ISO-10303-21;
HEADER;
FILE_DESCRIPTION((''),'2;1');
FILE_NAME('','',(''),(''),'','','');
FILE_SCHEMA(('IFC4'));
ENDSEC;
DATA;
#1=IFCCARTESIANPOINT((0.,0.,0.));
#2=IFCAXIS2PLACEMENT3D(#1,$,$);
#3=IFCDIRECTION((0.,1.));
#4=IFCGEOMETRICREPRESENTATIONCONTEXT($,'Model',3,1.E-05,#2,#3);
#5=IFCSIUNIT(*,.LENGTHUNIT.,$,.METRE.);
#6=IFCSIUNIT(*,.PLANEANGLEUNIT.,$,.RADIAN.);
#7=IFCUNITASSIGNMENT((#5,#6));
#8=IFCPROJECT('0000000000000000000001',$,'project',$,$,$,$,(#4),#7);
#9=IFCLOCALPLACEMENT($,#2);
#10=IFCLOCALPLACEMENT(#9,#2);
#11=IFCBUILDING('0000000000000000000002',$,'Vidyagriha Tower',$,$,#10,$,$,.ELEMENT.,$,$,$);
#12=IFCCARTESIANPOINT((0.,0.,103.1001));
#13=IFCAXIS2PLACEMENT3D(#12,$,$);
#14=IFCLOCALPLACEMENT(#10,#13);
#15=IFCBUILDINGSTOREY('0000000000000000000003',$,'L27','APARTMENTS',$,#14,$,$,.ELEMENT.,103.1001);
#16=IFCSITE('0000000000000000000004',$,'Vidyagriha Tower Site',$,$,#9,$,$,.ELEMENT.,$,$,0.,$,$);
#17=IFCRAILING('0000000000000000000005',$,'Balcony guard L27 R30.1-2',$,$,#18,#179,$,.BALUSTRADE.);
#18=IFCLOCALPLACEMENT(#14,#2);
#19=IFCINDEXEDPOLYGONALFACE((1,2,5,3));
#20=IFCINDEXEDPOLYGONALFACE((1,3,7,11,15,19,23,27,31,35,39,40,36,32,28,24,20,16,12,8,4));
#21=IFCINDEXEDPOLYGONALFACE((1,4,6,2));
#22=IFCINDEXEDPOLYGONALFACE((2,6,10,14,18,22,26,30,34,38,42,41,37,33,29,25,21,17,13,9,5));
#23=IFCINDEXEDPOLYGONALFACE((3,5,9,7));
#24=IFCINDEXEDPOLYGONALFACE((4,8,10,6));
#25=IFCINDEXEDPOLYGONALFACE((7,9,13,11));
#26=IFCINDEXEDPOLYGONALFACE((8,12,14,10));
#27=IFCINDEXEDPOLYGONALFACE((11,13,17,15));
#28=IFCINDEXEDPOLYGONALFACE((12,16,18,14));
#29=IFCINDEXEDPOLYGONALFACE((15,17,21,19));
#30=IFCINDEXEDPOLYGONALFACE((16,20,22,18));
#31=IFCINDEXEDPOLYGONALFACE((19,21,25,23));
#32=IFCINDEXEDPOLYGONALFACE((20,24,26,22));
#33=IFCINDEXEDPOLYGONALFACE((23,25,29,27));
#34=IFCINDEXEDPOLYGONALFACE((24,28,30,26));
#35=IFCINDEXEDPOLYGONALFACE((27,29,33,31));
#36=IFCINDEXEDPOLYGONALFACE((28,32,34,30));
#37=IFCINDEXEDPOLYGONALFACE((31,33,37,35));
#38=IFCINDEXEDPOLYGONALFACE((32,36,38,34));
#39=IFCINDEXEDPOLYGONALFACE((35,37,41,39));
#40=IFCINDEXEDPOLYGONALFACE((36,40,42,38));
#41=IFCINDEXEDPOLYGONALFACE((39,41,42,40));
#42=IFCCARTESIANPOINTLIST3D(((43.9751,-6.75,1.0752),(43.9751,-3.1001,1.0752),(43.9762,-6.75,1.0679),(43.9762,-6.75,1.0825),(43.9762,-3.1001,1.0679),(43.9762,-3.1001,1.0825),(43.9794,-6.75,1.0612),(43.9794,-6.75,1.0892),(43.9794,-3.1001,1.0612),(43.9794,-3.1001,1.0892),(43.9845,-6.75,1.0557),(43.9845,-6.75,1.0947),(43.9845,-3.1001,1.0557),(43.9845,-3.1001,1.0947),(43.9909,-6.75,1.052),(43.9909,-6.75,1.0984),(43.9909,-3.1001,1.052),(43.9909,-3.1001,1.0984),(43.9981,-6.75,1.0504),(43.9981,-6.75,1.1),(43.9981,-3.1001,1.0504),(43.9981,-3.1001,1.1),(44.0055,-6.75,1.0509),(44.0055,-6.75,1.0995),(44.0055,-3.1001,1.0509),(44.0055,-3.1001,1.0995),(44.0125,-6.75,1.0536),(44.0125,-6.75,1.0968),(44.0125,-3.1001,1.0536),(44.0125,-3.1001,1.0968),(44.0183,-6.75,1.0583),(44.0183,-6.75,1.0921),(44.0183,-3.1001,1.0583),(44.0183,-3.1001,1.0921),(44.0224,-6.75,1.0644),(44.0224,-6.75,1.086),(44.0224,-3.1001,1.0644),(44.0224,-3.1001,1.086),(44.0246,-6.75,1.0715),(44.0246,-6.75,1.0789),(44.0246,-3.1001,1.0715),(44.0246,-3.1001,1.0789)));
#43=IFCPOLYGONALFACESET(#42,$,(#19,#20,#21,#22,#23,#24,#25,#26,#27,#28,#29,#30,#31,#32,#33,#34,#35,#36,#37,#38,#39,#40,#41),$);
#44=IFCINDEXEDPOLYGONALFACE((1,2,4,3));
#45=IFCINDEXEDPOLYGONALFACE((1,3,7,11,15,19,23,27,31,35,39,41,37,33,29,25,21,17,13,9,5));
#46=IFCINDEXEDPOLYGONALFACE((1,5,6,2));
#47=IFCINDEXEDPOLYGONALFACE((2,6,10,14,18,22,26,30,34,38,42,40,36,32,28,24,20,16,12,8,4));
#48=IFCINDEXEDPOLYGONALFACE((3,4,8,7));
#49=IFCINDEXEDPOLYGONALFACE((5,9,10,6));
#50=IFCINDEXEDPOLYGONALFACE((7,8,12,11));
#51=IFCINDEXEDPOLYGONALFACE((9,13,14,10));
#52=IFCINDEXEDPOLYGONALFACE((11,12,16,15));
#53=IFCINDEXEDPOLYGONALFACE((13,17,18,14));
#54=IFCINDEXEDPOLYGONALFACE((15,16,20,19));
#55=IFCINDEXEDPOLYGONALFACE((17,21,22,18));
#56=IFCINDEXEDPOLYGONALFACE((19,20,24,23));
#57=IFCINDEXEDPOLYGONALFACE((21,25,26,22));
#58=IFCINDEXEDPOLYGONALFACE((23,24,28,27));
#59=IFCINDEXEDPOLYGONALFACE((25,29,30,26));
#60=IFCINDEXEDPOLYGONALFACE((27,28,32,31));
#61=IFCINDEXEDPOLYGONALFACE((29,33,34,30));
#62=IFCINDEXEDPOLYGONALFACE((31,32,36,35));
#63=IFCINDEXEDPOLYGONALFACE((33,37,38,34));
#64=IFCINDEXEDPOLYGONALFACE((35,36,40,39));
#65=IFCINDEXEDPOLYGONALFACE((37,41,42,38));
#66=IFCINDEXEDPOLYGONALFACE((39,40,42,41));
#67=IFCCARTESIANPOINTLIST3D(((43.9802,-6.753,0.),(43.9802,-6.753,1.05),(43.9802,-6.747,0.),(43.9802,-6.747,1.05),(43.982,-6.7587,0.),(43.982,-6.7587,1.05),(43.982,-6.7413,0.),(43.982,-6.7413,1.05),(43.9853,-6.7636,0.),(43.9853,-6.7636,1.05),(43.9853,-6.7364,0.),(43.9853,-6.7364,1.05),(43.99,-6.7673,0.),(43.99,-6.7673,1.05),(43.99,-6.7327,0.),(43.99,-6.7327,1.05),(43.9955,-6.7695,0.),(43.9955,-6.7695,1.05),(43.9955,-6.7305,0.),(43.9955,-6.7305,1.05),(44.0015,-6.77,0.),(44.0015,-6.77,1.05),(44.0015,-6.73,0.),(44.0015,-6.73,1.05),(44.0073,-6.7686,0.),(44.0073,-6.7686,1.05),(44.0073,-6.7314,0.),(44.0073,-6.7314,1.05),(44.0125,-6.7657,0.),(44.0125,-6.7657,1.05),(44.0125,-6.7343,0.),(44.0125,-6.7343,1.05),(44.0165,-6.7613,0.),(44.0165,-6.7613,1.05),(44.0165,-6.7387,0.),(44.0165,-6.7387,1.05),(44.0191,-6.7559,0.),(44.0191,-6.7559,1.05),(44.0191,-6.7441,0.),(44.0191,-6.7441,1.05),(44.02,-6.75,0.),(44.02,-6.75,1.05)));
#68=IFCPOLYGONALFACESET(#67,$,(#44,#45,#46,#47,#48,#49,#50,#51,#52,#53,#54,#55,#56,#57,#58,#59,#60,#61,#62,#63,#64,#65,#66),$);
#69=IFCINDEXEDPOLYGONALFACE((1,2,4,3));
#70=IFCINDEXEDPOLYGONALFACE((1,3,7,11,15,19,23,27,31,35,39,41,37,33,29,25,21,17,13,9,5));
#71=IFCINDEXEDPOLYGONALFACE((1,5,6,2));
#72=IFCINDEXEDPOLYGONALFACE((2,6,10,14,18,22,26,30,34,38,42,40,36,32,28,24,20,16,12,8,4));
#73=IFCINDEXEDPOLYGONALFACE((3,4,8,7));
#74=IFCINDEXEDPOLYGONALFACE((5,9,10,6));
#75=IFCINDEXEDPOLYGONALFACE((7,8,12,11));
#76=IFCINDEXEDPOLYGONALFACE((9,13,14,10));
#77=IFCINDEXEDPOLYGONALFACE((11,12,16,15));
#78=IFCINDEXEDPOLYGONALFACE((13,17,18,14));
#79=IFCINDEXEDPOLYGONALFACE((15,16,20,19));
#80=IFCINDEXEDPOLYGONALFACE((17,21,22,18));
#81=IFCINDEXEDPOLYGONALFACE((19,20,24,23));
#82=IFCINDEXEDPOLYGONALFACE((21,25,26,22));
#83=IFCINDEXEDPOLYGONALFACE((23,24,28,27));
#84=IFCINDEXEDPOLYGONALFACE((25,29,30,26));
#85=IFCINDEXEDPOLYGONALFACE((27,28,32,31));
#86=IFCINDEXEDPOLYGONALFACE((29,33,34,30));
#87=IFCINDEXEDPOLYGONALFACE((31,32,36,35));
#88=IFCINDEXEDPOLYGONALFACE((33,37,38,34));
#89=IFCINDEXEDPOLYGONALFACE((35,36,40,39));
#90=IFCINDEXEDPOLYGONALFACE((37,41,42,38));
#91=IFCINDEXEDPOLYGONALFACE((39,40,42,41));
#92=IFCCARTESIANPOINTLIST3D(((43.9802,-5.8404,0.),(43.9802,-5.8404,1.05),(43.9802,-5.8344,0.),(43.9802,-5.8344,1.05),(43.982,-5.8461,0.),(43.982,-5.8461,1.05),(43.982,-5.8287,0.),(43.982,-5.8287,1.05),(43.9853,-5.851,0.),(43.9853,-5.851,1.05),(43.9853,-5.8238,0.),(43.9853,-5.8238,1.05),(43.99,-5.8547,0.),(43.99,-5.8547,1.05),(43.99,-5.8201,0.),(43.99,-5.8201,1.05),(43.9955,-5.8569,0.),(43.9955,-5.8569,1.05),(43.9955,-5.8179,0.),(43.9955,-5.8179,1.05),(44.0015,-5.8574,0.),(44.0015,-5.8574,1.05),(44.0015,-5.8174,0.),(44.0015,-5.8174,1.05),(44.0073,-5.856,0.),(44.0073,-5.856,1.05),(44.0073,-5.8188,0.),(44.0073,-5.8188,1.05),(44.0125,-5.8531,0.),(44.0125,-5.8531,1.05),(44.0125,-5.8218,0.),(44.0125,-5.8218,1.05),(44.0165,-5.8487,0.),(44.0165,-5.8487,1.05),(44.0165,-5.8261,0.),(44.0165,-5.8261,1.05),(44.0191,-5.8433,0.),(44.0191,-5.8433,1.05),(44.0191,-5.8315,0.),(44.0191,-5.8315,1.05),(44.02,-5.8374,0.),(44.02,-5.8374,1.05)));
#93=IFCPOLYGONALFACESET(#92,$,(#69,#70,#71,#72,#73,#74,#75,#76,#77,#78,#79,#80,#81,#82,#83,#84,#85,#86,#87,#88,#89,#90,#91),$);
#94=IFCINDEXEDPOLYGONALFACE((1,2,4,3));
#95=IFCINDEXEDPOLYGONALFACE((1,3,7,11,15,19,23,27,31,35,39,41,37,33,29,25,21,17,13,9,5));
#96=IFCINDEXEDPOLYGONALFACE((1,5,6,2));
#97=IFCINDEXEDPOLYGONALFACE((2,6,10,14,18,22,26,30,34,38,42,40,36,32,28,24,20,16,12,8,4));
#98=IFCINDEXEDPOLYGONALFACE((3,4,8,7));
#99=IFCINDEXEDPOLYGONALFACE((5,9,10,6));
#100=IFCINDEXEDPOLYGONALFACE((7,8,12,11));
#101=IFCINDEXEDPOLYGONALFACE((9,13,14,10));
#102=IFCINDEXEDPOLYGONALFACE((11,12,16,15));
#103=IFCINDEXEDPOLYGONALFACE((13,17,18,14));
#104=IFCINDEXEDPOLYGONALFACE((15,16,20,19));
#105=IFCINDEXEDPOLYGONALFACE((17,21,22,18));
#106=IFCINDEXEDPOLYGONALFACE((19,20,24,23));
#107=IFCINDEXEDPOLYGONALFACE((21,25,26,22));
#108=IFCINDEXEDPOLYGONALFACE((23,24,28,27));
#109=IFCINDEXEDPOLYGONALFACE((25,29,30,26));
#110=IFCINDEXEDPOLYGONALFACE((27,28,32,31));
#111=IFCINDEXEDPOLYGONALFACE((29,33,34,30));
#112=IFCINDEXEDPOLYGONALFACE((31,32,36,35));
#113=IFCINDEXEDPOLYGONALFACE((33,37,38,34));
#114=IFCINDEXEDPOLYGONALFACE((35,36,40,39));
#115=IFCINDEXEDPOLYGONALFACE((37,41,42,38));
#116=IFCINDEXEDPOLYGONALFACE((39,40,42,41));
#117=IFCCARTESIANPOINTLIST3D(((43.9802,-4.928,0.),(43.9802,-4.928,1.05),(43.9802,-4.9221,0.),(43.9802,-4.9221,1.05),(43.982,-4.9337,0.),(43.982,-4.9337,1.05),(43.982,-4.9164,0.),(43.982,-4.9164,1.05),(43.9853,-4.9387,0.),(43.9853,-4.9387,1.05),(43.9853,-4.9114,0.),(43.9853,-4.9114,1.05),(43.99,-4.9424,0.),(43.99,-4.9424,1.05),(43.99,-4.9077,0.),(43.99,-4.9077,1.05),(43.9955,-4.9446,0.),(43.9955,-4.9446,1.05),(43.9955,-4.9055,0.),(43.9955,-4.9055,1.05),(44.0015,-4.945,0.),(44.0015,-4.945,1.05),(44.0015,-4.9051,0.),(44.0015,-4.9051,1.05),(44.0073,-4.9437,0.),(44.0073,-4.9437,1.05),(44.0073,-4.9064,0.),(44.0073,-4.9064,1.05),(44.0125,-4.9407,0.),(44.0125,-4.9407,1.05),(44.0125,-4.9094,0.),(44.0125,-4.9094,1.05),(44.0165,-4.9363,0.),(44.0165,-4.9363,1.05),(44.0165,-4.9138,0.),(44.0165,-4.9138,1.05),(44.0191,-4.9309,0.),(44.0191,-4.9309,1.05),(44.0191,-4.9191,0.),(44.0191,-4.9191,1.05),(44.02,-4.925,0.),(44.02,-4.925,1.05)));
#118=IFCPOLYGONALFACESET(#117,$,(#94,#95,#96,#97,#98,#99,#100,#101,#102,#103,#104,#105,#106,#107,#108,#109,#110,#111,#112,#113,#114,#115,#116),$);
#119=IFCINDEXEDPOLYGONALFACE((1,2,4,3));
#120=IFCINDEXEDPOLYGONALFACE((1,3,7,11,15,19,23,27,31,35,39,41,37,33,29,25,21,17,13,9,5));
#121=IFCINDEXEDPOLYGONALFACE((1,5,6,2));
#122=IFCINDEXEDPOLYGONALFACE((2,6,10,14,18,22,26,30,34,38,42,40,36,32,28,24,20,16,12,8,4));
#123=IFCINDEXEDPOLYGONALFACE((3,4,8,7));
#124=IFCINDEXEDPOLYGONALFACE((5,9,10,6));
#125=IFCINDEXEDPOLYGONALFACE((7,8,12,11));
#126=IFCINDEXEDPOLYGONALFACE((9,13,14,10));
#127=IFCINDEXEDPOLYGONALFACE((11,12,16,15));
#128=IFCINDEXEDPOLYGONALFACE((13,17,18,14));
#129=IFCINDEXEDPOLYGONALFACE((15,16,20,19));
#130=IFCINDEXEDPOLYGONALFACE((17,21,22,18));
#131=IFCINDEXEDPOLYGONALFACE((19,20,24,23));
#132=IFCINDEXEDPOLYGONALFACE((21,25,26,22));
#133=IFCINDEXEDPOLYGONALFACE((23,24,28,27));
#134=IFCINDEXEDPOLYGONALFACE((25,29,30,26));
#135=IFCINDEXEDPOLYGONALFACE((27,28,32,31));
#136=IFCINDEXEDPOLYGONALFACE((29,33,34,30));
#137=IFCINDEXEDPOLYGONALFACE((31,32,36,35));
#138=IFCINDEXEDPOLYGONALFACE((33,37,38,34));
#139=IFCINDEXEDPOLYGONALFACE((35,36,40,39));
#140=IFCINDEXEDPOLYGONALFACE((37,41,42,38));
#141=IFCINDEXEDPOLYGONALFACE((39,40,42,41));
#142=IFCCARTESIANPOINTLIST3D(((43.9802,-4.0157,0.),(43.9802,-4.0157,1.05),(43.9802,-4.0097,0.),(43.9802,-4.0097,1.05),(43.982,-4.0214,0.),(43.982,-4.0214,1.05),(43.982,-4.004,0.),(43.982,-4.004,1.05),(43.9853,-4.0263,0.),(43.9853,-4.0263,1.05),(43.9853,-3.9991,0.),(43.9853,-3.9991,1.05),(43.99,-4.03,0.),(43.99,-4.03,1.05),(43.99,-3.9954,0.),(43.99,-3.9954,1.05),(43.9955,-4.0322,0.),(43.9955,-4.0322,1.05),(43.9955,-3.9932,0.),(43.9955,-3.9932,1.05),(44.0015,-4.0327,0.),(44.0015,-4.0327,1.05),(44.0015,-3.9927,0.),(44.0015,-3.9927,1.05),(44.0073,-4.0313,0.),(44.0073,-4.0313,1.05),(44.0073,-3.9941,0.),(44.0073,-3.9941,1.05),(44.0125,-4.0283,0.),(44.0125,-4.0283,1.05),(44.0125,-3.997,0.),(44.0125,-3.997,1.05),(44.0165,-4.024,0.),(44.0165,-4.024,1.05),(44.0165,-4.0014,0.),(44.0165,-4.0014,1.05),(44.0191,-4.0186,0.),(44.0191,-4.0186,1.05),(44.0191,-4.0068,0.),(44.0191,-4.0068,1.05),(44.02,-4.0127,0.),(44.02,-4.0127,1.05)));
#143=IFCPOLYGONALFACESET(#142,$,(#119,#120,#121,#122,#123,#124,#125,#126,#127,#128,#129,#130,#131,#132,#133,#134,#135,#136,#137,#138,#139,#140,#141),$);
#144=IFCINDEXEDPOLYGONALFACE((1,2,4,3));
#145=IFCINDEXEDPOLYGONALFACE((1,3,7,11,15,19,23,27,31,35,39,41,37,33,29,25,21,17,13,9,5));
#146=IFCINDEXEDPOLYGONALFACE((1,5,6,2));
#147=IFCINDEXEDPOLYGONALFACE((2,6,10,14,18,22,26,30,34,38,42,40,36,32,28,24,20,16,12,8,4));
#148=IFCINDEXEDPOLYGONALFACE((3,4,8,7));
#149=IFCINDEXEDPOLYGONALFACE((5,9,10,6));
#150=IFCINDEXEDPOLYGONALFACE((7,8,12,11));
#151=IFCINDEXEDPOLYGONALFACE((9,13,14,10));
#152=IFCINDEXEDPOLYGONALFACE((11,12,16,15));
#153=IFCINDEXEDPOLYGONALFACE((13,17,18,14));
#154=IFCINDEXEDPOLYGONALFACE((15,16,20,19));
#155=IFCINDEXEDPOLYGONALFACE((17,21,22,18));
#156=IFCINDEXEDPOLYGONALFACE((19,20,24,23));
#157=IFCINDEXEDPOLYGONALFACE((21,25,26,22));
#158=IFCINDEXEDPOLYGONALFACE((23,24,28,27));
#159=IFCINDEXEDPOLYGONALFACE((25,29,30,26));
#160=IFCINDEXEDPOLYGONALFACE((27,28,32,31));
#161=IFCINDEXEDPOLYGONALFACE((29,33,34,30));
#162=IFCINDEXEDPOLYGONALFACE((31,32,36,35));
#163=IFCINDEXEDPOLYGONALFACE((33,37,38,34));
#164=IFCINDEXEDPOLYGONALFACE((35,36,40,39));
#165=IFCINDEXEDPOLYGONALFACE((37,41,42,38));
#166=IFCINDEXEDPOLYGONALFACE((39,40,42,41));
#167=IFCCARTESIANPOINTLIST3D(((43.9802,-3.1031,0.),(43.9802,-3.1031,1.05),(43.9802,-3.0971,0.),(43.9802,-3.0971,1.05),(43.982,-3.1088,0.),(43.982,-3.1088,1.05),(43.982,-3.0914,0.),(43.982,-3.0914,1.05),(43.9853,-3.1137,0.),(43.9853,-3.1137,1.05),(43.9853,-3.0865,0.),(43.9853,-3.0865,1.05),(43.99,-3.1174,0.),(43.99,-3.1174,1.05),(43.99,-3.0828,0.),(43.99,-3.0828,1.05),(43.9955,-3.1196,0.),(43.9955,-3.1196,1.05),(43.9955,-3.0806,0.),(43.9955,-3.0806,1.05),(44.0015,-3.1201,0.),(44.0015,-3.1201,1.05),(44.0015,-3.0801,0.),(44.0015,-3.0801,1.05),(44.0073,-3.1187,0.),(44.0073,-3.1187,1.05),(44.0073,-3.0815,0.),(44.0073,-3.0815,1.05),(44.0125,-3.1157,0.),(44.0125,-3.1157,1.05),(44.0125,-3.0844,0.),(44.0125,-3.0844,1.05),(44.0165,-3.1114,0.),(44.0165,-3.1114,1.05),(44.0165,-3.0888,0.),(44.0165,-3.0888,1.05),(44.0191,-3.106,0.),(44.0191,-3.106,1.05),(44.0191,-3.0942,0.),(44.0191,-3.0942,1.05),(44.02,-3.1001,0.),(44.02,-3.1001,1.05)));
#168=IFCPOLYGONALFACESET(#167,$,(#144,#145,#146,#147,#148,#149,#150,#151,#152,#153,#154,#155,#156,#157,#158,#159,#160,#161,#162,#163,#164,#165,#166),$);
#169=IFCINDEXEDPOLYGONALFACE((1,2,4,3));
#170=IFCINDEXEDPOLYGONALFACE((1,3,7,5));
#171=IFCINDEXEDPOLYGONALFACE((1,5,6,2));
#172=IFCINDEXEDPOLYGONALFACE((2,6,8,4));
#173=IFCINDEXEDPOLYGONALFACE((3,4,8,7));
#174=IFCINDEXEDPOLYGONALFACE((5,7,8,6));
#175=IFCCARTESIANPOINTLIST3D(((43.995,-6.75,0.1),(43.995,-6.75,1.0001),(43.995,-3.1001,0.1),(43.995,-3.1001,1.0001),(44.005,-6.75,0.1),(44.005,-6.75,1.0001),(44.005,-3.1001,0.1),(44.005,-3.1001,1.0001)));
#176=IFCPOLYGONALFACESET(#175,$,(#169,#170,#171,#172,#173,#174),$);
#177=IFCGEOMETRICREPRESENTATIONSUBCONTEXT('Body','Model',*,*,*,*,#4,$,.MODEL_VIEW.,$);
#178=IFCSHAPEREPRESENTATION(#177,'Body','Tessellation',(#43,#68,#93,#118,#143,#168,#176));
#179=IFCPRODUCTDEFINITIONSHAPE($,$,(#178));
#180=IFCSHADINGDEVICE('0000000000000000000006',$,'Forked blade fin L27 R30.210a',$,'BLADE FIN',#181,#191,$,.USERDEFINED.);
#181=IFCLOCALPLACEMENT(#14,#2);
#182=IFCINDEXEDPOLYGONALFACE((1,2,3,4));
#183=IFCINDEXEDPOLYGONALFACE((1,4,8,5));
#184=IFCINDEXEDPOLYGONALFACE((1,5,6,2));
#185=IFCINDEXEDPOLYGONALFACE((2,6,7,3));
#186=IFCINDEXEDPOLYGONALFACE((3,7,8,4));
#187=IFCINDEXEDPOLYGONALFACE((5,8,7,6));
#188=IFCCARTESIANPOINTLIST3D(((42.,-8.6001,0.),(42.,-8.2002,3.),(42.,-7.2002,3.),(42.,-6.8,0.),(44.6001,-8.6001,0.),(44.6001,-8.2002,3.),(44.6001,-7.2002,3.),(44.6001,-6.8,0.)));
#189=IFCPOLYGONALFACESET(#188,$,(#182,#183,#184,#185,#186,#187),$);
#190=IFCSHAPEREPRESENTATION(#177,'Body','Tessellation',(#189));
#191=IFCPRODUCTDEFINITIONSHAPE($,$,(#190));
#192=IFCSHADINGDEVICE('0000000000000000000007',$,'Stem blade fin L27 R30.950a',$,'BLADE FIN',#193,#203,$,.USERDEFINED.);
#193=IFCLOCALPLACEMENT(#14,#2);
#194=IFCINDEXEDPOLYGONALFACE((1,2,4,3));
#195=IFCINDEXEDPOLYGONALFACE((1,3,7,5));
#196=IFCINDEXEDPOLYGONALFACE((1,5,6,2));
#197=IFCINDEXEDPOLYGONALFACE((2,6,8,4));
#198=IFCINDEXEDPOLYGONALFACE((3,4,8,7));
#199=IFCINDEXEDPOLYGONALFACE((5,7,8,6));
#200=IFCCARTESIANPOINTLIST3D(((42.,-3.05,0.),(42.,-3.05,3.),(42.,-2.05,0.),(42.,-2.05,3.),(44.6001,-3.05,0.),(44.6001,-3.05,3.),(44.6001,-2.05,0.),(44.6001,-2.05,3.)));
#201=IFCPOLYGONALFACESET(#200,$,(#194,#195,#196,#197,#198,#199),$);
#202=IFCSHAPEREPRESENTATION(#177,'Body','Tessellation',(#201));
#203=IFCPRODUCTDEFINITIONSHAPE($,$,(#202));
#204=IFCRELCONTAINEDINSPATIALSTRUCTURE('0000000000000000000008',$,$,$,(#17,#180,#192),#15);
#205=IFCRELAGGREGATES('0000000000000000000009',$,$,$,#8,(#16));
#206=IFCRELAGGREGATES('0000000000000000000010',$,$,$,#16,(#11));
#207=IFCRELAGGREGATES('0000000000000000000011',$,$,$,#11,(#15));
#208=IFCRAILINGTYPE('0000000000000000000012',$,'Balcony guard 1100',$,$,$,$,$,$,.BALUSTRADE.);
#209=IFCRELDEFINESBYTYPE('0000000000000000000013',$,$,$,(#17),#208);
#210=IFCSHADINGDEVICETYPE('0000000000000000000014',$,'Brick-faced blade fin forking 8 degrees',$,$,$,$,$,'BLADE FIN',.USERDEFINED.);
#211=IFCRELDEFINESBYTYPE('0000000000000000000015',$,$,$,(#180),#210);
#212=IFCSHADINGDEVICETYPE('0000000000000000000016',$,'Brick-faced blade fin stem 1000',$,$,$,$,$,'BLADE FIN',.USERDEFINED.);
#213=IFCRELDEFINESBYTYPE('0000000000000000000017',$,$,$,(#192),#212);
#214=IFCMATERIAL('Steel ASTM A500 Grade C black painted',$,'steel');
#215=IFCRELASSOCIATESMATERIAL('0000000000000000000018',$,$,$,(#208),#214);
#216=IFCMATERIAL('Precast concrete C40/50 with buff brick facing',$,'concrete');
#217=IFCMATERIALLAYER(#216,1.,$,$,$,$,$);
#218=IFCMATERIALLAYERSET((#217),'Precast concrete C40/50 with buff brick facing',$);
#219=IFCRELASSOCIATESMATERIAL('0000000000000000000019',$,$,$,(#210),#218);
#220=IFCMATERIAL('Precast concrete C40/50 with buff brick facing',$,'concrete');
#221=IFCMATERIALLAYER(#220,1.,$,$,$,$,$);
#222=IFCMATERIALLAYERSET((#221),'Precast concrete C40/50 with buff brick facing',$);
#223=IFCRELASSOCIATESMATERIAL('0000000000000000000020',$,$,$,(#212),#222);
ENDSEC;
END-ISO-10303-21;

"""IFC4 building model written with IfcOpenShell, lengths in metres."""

from ifc_helpers import new_model, si_unit, direction, frame, origin, origin_2d, place, context, subcontext, project, spatial, polyline, rectangle, circle, outline, extrude, material, layer, layer_set, type_object, element, save


model = new_model("IFC4")

# Units and contexts
model_context = context("Model", 3, precision=1e-05, world=origin(), true_north=direction((0.0, 1.0)))
body_context = subcontext(model_context, "Body", "Model", "MODEL_VIEW")
ifc_project = project(units=[si_unit("LENGTHUNIT", "METRE"), si_unit("PLANEANGLEUNIT", "RADIAN")], contexts=[model_context])

# Site, building, storey
site_placement = place(None, origin())
site = spatial("IfcSite", under=ifc_project, at=site_placement, Name="Vidyagriha Tower Site", CompositionType="ELEMENT", RefElevation=0.0)
building_placement = place(site_placement, origin())
building = spatial("IfcBuilding", under=site, at=building_placement, Name="Vidyagriha Tower", CompositionType="ELEMENT")
storey_placement = place(building_placement, frame((0.0, 0.0, 103.1001)))
storey = spatial("IfcBuildingStorey", under=building, at=storey_placement, Name="L27", Description="APARTMENTS", CompositionType="ELEMENT", Elevation=103.1001)

# Railing
ifc_material_1 = material(Name="Steel ASTM A500 Grade C black painted", Category="steel")
railing_type_1 = type_object("IfcRailingType", Name="Balcony guard 1100", PredefinedType="BALUSTRADE", material=ifc_material_1)
railing_1_placement = place(storey_placement, frame((44.0, -6.75, 0.0)))
element("IfcRailing", 1, at=railing_1_placement, inside=storey, type_object=railing_type_1, Name="Balcony guard L27 R30.1-2", PredefinedType="BALUSTRADE", context=body_context, shape_type="SweptSolid", body=[
    extrude(circle(Radius=0.0249, at=origin_2d()), frame((0.0, 0.0, 1.0752), z_axis=(0.0, 1.0, 0.0), x_axis=(-1.0, 0.0, 0.0)), (0.0, 0.0, 1.0), 3.6499),
    extrude(circle(Radius=0.02, at=origin_2d()), origin(), (0.0, 0.0, 1.0), 1.05),
    extrude(circle(Radius=0.02, at=origin_2d()), frame((0.0, 0.9126, 0.0)), (0.0, 0.0, 1.0), 1.05),
    extrude(circle(Radius=0.02, at=origin_2d()), frame((0.0, 1.825, 0.0)), (0.0, 0.0, 1.0), 1.05),
    extrude(circle(Radius=0.02, at=origin_2d()), frame((0.0, 2.7373, 0.0)), (0.0, 0.0, 1.0), 1.05),
    extrude(circle(Radius=0.02, at=origin_2d()), frame((0.0, 3.6499, 0.0)), (0.0, 0.0, 1.0), 1.05),
    extrude(rectangle(XDim=0.01, YDim=0.9001, at=origin_2d()), frame((0.0, 0.0, 0.55), z_axis=(0.0, 1.0, 0.0), x_axis=(-1.0, 0.0, 0.0)), (0.0, 0.0, 1.0), 3.6499),
])

# Shading devices
ifc_material_2 = material(Name="Precast concrete C40/50 with buff brick facing", Category="concrete")
ifc_layer_1 = layer(ifc_material_2, 1.0)
ifc_layer_set_1 = layer_set([ifc_layer_1], Name="Precast concrete C40/50 with buff brick facing")
shading_device_type_1 = type_object("IfcShadingDeviceType", Name="Brick-faced blade fin forking 8 degrees", ElementType="BLADE FIN", PredefinedType="USERDEFINED", material=ifc_layer_set_1)
shading_device_1_placement = place(storey_placement, frame((43.3, -8.6001, 0.0), z_axis=(0.0, 0.0, 1.0), x_axis=(0.0, 1.0, 0.0)))
element("IfcShadingDevice", 2, at=shading_device_1_placement, inside=storey, type_object=shading_device_type_1, Name="Forked blade fin L27 R30.210a", ObjectType="BLADE FIN", PredefinedType="USERDEFINED", context=body_context, shape_type="SweptSolid", body=[
    extrude(outline(polyline([(0.0, 0.0), (1.8, 0.0), (1.3999, 3.0), (0.3999, 3.0), (0.0, 0.0)])), frame((0.0, 1.3, 0.0), z_axis=(0.0, -1.0, 0.0), x_axis=(1.0, 0.0, 0.0)), (0.0, 0.0, 1.0), 2.6001),
])
ifc_material_3 = material(Name="Precast concrete C40/50 with buff brick facing", Category="concrete")
ifc_layer_2 = layer(ifc_material_3, 1.0)
ifc_layer_set_2 = layer_set([ifc_layer_2], Name="Precast concrete C40/50 with buff brick facing")
shading_device_type_2 = type_object("IfcShadingDeviceType", Name="Brick-faced blade fin stem 1000", ElementType="BLADE FIN", PredefinedType="USERDEFINED", material=ifc_layer_set_2)
shading_device_2_placement = place(storey_placement, frame((43.3, -3.05, 0.0), z_axis=(0.0, 0.0, 1.0), x_axis=(0.0, 1.0, 0.0)))
element("IfcShadingDevice", 3, at=shading_device_2_placement, inside=storey, type_object=shading_device_type_2, Name="Stem blade fin L27 R30.950a", ObjectType="BLADE FIN", PredefinedType="USERDEFINED", context=body_context, shape_type="SweptSolid", body=[
    extrude(outline(polyline([(0.0, 0.0), (1.0, 0.0), (1.0, 3.0), (0.0, 3.0), (0.0, 0.0)])), frame((0.0, 1.3, 0.0), z_axis=(0.0, -1.0, 0.0), x_axis=(1.0, 0.0, 0.0)), (0.0, 0.0, 1.0), 2.6001),
])

save(model, "model.ifc")
